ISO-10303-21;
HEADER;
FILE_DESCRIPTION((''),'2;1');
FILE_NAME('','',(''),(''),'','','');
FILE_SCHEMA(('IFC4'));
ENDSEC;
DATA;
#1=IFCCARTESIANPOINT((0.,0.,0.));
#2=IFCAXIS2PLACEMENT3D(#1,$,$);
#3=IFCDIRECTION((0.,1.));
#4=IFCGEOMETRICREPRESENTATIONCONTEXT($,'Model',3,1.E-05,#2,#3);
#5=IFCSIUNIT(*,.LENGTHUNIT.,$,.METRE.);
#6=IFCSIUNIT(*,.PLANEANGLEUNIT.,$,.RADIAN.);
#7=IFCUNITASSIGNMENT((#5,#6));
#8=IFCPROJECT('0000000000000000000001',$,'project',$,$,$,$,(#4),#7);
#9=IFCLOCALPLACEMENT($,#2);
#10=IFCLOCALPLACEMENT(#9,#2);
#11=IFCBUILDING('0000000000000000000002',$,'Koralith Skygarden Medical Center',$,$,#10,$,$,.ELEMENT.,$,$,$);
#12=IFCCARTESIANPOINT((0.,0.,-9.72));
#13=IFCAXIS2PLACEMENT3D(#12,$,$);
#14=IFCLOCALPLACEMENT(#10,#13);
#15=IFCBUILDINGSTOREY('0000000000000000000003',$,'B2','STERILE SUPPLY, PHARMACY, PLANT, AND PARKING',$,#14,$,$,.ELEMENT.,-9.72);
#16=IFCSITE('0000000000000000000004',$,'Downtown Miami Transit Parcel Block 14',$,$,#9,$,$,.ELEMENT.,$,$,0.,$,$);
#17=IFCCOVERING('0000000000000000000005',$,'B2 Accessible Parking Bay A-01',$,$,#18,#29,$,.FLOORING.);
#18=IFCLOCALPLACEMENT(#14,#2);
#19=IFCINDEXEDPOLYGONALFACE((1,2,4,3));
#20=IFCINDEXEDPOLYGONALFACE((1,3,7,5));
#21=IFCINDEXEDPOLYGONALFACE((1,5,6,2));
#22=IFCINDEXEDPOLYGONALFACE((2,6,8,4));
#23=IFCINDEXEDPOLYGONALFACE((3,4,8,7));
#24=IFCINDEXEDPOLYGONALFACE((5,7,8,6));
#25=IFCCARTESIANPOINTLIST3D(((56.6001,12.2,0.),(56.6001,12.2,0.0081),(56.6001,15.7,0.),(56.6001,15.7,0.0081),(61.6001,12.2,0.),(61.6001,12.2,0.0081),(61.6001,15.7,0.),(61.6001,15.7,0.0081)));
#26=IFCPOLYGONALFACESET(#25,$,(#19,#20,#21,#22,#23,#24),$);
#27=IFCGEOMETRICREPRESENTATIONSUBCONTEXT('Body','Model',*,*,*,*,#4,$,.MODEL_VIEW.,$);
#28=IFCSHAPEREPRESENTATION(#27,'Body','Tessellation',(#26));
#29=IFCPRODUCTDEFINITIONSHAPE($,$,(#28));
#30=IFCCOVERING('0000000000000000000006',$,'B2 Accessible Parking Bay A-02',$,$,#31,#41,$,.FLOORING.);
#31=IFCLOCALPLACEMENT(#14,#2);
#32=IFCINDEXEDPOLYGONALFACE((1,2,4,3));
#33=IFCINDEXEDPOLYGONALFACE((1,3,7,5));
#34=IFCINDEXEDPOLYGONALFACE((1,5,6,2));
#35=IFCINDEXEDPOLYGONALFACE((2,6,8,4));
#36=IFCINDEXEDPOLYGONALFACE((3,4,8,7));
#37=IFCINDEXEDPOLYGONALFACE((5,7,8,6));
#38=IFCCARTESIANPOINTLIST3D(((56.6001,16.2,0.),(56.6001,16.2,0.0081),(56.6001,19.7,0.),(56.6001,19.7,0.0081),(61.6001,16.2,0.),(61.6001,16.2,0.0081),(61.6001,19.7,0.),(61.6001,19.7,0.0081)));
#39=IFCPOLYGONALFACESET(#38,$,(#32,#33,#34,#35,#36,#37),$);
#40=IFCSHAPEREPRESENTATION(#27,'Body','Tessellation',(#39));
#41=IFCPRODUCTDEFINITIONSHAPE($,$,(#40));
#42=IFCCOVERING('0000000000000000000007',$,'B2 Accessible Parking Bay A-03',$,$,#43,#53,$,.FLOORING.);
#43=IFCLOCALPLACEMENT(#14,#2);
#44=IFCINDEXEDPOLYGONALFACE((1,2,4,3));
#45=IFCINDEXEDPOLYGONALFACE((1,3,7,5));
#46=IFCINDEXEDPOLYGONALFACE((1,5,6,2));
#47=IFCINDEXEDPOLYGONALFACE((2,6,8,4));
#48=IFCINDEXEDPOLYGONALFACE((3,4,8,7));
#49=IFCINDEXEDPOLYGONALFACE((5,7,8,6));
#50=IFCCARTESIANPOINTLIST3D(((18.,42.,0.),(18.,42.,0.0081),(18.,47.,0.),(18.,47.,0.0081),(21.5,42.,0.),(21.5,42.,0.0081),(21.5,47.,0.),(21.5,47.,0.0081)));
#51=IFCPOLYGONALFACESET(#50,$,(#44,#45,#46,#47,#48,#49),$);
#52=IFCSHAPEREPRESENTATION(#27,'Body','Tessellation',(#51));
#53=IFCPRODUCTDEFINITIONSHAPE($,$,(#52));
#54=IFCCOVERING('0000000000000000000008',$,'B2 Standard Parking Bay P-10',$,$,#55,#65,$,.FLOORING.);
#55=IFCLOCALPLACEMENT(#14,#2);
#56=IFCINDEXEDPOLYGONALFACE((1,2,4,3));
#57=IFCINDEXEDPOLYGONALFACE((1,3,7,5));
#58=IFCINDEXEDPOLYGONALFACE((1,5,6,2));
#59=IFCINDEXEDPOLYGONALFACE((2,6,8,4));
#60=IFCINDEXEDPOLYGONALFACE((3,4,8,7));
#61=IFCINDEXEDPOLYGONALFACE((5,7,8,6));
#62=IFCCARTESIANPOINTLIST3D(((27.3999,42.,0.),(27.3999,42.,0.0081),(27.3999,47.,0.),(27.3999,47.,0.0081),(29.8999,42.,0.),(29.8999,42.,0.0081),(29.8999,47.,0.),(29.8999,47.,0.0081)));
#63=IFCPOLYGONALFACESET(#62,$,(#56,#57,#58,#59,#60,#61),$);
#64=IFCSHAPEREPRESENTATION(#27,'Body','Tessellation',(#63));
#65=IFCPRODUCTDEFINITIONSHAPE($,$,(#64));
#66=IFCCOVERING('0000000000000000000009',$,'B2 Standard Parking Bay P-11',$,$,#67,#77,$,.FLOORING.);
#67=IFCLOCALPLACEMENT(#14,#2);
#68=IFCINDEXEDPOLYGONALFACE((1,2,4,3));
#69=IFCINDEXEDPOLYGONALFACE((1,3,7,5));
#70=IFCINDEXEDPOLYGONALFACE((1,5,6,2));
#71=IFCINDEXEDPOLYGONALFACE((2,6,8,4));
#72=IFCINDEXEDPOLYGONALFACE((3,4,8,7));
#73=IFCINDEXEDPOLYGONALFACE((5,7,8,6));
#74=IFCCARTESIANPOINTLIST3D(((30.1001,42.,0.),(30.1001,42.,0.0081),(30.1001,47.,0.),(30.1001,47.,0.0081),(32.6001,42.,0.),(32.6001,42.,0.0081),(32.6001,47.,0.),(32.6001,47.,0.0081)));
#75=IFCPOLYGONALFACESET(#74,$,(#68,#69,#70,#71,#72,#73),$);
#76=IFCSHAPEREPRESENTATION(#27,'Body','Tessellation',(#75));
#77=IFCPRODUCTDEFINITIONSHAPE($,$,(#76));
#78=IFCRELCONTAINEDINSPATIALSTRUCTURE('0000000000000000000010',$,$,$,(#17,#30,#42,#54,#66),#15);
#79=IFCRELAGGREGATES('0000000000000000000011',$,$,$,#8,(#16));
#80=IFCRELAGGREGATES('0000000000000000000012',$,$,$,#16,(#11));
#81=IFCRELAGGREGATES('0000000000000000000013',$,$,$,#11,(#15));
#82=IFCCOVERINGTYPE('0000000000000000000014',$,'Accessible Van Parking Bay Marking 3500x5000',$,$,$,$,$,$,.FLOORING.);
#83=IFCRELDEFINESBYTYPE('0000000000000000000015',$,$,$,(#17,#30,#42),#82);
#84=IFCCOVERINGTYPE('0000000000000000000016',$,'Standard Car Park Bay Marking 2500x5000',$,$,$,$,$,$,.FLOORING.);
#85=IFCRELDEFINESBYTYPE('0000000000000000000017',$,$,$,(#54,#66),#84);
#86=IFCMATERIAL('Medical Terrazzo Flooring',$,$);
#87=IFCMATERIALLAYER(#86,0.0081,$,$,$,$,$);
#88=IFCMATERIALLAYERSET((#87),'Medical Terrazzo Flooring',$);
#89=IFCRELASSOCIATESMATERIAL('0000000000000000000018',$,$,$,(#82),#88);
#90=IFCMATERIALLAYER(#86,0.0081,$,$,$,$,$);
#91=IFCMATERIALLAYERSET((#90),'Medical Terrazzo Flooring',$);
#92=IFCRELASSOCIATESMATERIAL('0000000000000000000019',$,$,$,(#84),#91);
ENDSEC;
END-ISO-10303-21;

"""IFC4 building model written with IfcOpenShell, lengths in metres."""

from ifc_helpers import new_model, si_unit, direction, frame, origin, place, context, subcontext, project, spatial, polyline, outline, extrude, material, layer, layer_set, type_object, element, save


model = new_model("IFC4")

# Units and contexts
model_context = context("Model", 3, precision=1e-05, world=origin(), true_north=direction((0.0, 1.0)))
body_context = subcontext(model_context, "Body", "Model", "MODEL_VIEW")
ifc_project = project(units=[si_unit("LENGTHUNIT", "METRE"), si_unit("PLANEANGLEUNIT", "RADIAN")], contexts=[model_context])

# Site, building, storey
site_placement = place(None, origin())
site = spatial("IfcSite", under=ifc_project, at=site_placement, Name="Downtown Miami Transit Parcel Block 14", CompositionType="ELEMENT", RefElevation=0.0)
building_placement = place(site_placement, origin())
building = spatial("IfcBuilding", under=site, at=building_placement, Name="Koralith Skygarden Medical Center", CompositionType="ELEMENT")
storey_placement = place(building_placement, frame((0.0, 0.0, -9.72)))
storey = spatial("IfcBuildingStorey", under=building, at=storey_placement, Name="B2", Description="STERILE SUPPLY, PHARMACY, PLANT, AND PARKING", CompositionType="ELEMENT", Elevation=-9.72)

# Coverings
ifc_material_1 = material(Name="Medical Terrazzo Flooring")
ifc_layer_1 = layer(ifc_material_1, 0.0081)
ifc_layer_set_1 = layer_set([ifc_layer_1], Name="Medical Terrazzo Flooring")
covering_type_1 = type_object("IfcCoveringType", Name="Accessible Van Parking Bay Marking 3500x5000", PredefinedType="FLOORING", material=ifc_layer_set_1)
covering_1_placement = place(storey_placement, origin())
element("IfcCovering", 1, at=covering_1_placement, inside=storey, type_object=covering_type_1, Name="B2 Accessible Parking Bay A-01", PredefinedType="FLOORING", context=body_context, shape_type="SweptSolid", body=[
    extrude(outline(polyline([(56.6001, 12.2), (61.6001, 12.2), (61.6001, 15.7), (56.6001, 15.7), (56.6001, 12.2)])), origin(), (0.0, 0.0, 1.0), 0.0081),
])
covering_2_placement = place(storey_placement, origin())
element("IfcCovering", 2, at=covering_2_placement, inside=storey, type_object=covering_type_1, Name="B2 Accessible Parking Bay A-02", PredefinedType="FLOORING", context=body_context, shape_type="SweptSolid", body=[
    extrude(outline(polyline([(56.6001, 16.2), (61.6001, 16.2), (61.6001, 19.7), (56.6001, 19.7), (56.6001, 16.2)])), origin(), (0.0, 0.0, 1.0), 0.0081),
])
covering_3_placement = place(storey_placement, origin())
element("IfcCovering", 3, at=covering_3_placement, inside=storey, type_object=covering_type_1, Name="B2 Accessible Parking Bay A-03", PredefinedType="FLOORING", context=body_context, shape_type="SweptSolid", body=[
    extrude(outline(polyline([(18.0, 42.0), (21.5, 42.0), (21.5, 47.0), (18.0, 47.0), (18.0, 42.0)])), origin(), (0.0, 0.0, 1.0), 0.0081),
])
ifc_layer_2 = layer(ifc_material_1, 0.0081)
ifc_layer_set_2 = layer_set([ifc_layer_2], Name="Medical Terrazzo Flooring")
covering_type_2 = type_object("IfcCoveringType", Name="Standard Car Park Bay Marking 2500x5000", PredefinedType="FLOORING", material=ifc_layer_set_2)
covering_4_placement = place(storey_placement, origin())
element("IfcCovering", 4, at=covering_4_placement, inside=storey, type_object=covering_type_2, Name="B2 Standard Parking Bay P-10", PredefinedType="FLOORING", context=body_context, shape_type="SweptSolid", body=[
    extrude(outline(polyline([(27.3999, 42.0), (29.8999, 42.0), (29.8999, 47.0), (27.3999, 47.0), (27.3999, 42.0)])), origin(), (0.0, 0.0, 1.0), 0.0081),
])
covering_5_placement = place(storey_placement, origin())
element("IfcCovering", 5, at=covering_5_placement, inside=storey, type_object=covering_type_2, Name="B2 Standard Parking Bay P-11", PredefinedType="FLOORING", context=body_context, shape_type="SweptSolid", body=[
    extrude(outline(polyline([(30.1001, 42.0), (32.6001, 42.0), (32.6001, 47.0), (30.1001, 47.0), (30.1001, 42.0)])), origin(), (0.0, 0.0, 1.0), 0.0081),
])

save(model, "model.ifc")
